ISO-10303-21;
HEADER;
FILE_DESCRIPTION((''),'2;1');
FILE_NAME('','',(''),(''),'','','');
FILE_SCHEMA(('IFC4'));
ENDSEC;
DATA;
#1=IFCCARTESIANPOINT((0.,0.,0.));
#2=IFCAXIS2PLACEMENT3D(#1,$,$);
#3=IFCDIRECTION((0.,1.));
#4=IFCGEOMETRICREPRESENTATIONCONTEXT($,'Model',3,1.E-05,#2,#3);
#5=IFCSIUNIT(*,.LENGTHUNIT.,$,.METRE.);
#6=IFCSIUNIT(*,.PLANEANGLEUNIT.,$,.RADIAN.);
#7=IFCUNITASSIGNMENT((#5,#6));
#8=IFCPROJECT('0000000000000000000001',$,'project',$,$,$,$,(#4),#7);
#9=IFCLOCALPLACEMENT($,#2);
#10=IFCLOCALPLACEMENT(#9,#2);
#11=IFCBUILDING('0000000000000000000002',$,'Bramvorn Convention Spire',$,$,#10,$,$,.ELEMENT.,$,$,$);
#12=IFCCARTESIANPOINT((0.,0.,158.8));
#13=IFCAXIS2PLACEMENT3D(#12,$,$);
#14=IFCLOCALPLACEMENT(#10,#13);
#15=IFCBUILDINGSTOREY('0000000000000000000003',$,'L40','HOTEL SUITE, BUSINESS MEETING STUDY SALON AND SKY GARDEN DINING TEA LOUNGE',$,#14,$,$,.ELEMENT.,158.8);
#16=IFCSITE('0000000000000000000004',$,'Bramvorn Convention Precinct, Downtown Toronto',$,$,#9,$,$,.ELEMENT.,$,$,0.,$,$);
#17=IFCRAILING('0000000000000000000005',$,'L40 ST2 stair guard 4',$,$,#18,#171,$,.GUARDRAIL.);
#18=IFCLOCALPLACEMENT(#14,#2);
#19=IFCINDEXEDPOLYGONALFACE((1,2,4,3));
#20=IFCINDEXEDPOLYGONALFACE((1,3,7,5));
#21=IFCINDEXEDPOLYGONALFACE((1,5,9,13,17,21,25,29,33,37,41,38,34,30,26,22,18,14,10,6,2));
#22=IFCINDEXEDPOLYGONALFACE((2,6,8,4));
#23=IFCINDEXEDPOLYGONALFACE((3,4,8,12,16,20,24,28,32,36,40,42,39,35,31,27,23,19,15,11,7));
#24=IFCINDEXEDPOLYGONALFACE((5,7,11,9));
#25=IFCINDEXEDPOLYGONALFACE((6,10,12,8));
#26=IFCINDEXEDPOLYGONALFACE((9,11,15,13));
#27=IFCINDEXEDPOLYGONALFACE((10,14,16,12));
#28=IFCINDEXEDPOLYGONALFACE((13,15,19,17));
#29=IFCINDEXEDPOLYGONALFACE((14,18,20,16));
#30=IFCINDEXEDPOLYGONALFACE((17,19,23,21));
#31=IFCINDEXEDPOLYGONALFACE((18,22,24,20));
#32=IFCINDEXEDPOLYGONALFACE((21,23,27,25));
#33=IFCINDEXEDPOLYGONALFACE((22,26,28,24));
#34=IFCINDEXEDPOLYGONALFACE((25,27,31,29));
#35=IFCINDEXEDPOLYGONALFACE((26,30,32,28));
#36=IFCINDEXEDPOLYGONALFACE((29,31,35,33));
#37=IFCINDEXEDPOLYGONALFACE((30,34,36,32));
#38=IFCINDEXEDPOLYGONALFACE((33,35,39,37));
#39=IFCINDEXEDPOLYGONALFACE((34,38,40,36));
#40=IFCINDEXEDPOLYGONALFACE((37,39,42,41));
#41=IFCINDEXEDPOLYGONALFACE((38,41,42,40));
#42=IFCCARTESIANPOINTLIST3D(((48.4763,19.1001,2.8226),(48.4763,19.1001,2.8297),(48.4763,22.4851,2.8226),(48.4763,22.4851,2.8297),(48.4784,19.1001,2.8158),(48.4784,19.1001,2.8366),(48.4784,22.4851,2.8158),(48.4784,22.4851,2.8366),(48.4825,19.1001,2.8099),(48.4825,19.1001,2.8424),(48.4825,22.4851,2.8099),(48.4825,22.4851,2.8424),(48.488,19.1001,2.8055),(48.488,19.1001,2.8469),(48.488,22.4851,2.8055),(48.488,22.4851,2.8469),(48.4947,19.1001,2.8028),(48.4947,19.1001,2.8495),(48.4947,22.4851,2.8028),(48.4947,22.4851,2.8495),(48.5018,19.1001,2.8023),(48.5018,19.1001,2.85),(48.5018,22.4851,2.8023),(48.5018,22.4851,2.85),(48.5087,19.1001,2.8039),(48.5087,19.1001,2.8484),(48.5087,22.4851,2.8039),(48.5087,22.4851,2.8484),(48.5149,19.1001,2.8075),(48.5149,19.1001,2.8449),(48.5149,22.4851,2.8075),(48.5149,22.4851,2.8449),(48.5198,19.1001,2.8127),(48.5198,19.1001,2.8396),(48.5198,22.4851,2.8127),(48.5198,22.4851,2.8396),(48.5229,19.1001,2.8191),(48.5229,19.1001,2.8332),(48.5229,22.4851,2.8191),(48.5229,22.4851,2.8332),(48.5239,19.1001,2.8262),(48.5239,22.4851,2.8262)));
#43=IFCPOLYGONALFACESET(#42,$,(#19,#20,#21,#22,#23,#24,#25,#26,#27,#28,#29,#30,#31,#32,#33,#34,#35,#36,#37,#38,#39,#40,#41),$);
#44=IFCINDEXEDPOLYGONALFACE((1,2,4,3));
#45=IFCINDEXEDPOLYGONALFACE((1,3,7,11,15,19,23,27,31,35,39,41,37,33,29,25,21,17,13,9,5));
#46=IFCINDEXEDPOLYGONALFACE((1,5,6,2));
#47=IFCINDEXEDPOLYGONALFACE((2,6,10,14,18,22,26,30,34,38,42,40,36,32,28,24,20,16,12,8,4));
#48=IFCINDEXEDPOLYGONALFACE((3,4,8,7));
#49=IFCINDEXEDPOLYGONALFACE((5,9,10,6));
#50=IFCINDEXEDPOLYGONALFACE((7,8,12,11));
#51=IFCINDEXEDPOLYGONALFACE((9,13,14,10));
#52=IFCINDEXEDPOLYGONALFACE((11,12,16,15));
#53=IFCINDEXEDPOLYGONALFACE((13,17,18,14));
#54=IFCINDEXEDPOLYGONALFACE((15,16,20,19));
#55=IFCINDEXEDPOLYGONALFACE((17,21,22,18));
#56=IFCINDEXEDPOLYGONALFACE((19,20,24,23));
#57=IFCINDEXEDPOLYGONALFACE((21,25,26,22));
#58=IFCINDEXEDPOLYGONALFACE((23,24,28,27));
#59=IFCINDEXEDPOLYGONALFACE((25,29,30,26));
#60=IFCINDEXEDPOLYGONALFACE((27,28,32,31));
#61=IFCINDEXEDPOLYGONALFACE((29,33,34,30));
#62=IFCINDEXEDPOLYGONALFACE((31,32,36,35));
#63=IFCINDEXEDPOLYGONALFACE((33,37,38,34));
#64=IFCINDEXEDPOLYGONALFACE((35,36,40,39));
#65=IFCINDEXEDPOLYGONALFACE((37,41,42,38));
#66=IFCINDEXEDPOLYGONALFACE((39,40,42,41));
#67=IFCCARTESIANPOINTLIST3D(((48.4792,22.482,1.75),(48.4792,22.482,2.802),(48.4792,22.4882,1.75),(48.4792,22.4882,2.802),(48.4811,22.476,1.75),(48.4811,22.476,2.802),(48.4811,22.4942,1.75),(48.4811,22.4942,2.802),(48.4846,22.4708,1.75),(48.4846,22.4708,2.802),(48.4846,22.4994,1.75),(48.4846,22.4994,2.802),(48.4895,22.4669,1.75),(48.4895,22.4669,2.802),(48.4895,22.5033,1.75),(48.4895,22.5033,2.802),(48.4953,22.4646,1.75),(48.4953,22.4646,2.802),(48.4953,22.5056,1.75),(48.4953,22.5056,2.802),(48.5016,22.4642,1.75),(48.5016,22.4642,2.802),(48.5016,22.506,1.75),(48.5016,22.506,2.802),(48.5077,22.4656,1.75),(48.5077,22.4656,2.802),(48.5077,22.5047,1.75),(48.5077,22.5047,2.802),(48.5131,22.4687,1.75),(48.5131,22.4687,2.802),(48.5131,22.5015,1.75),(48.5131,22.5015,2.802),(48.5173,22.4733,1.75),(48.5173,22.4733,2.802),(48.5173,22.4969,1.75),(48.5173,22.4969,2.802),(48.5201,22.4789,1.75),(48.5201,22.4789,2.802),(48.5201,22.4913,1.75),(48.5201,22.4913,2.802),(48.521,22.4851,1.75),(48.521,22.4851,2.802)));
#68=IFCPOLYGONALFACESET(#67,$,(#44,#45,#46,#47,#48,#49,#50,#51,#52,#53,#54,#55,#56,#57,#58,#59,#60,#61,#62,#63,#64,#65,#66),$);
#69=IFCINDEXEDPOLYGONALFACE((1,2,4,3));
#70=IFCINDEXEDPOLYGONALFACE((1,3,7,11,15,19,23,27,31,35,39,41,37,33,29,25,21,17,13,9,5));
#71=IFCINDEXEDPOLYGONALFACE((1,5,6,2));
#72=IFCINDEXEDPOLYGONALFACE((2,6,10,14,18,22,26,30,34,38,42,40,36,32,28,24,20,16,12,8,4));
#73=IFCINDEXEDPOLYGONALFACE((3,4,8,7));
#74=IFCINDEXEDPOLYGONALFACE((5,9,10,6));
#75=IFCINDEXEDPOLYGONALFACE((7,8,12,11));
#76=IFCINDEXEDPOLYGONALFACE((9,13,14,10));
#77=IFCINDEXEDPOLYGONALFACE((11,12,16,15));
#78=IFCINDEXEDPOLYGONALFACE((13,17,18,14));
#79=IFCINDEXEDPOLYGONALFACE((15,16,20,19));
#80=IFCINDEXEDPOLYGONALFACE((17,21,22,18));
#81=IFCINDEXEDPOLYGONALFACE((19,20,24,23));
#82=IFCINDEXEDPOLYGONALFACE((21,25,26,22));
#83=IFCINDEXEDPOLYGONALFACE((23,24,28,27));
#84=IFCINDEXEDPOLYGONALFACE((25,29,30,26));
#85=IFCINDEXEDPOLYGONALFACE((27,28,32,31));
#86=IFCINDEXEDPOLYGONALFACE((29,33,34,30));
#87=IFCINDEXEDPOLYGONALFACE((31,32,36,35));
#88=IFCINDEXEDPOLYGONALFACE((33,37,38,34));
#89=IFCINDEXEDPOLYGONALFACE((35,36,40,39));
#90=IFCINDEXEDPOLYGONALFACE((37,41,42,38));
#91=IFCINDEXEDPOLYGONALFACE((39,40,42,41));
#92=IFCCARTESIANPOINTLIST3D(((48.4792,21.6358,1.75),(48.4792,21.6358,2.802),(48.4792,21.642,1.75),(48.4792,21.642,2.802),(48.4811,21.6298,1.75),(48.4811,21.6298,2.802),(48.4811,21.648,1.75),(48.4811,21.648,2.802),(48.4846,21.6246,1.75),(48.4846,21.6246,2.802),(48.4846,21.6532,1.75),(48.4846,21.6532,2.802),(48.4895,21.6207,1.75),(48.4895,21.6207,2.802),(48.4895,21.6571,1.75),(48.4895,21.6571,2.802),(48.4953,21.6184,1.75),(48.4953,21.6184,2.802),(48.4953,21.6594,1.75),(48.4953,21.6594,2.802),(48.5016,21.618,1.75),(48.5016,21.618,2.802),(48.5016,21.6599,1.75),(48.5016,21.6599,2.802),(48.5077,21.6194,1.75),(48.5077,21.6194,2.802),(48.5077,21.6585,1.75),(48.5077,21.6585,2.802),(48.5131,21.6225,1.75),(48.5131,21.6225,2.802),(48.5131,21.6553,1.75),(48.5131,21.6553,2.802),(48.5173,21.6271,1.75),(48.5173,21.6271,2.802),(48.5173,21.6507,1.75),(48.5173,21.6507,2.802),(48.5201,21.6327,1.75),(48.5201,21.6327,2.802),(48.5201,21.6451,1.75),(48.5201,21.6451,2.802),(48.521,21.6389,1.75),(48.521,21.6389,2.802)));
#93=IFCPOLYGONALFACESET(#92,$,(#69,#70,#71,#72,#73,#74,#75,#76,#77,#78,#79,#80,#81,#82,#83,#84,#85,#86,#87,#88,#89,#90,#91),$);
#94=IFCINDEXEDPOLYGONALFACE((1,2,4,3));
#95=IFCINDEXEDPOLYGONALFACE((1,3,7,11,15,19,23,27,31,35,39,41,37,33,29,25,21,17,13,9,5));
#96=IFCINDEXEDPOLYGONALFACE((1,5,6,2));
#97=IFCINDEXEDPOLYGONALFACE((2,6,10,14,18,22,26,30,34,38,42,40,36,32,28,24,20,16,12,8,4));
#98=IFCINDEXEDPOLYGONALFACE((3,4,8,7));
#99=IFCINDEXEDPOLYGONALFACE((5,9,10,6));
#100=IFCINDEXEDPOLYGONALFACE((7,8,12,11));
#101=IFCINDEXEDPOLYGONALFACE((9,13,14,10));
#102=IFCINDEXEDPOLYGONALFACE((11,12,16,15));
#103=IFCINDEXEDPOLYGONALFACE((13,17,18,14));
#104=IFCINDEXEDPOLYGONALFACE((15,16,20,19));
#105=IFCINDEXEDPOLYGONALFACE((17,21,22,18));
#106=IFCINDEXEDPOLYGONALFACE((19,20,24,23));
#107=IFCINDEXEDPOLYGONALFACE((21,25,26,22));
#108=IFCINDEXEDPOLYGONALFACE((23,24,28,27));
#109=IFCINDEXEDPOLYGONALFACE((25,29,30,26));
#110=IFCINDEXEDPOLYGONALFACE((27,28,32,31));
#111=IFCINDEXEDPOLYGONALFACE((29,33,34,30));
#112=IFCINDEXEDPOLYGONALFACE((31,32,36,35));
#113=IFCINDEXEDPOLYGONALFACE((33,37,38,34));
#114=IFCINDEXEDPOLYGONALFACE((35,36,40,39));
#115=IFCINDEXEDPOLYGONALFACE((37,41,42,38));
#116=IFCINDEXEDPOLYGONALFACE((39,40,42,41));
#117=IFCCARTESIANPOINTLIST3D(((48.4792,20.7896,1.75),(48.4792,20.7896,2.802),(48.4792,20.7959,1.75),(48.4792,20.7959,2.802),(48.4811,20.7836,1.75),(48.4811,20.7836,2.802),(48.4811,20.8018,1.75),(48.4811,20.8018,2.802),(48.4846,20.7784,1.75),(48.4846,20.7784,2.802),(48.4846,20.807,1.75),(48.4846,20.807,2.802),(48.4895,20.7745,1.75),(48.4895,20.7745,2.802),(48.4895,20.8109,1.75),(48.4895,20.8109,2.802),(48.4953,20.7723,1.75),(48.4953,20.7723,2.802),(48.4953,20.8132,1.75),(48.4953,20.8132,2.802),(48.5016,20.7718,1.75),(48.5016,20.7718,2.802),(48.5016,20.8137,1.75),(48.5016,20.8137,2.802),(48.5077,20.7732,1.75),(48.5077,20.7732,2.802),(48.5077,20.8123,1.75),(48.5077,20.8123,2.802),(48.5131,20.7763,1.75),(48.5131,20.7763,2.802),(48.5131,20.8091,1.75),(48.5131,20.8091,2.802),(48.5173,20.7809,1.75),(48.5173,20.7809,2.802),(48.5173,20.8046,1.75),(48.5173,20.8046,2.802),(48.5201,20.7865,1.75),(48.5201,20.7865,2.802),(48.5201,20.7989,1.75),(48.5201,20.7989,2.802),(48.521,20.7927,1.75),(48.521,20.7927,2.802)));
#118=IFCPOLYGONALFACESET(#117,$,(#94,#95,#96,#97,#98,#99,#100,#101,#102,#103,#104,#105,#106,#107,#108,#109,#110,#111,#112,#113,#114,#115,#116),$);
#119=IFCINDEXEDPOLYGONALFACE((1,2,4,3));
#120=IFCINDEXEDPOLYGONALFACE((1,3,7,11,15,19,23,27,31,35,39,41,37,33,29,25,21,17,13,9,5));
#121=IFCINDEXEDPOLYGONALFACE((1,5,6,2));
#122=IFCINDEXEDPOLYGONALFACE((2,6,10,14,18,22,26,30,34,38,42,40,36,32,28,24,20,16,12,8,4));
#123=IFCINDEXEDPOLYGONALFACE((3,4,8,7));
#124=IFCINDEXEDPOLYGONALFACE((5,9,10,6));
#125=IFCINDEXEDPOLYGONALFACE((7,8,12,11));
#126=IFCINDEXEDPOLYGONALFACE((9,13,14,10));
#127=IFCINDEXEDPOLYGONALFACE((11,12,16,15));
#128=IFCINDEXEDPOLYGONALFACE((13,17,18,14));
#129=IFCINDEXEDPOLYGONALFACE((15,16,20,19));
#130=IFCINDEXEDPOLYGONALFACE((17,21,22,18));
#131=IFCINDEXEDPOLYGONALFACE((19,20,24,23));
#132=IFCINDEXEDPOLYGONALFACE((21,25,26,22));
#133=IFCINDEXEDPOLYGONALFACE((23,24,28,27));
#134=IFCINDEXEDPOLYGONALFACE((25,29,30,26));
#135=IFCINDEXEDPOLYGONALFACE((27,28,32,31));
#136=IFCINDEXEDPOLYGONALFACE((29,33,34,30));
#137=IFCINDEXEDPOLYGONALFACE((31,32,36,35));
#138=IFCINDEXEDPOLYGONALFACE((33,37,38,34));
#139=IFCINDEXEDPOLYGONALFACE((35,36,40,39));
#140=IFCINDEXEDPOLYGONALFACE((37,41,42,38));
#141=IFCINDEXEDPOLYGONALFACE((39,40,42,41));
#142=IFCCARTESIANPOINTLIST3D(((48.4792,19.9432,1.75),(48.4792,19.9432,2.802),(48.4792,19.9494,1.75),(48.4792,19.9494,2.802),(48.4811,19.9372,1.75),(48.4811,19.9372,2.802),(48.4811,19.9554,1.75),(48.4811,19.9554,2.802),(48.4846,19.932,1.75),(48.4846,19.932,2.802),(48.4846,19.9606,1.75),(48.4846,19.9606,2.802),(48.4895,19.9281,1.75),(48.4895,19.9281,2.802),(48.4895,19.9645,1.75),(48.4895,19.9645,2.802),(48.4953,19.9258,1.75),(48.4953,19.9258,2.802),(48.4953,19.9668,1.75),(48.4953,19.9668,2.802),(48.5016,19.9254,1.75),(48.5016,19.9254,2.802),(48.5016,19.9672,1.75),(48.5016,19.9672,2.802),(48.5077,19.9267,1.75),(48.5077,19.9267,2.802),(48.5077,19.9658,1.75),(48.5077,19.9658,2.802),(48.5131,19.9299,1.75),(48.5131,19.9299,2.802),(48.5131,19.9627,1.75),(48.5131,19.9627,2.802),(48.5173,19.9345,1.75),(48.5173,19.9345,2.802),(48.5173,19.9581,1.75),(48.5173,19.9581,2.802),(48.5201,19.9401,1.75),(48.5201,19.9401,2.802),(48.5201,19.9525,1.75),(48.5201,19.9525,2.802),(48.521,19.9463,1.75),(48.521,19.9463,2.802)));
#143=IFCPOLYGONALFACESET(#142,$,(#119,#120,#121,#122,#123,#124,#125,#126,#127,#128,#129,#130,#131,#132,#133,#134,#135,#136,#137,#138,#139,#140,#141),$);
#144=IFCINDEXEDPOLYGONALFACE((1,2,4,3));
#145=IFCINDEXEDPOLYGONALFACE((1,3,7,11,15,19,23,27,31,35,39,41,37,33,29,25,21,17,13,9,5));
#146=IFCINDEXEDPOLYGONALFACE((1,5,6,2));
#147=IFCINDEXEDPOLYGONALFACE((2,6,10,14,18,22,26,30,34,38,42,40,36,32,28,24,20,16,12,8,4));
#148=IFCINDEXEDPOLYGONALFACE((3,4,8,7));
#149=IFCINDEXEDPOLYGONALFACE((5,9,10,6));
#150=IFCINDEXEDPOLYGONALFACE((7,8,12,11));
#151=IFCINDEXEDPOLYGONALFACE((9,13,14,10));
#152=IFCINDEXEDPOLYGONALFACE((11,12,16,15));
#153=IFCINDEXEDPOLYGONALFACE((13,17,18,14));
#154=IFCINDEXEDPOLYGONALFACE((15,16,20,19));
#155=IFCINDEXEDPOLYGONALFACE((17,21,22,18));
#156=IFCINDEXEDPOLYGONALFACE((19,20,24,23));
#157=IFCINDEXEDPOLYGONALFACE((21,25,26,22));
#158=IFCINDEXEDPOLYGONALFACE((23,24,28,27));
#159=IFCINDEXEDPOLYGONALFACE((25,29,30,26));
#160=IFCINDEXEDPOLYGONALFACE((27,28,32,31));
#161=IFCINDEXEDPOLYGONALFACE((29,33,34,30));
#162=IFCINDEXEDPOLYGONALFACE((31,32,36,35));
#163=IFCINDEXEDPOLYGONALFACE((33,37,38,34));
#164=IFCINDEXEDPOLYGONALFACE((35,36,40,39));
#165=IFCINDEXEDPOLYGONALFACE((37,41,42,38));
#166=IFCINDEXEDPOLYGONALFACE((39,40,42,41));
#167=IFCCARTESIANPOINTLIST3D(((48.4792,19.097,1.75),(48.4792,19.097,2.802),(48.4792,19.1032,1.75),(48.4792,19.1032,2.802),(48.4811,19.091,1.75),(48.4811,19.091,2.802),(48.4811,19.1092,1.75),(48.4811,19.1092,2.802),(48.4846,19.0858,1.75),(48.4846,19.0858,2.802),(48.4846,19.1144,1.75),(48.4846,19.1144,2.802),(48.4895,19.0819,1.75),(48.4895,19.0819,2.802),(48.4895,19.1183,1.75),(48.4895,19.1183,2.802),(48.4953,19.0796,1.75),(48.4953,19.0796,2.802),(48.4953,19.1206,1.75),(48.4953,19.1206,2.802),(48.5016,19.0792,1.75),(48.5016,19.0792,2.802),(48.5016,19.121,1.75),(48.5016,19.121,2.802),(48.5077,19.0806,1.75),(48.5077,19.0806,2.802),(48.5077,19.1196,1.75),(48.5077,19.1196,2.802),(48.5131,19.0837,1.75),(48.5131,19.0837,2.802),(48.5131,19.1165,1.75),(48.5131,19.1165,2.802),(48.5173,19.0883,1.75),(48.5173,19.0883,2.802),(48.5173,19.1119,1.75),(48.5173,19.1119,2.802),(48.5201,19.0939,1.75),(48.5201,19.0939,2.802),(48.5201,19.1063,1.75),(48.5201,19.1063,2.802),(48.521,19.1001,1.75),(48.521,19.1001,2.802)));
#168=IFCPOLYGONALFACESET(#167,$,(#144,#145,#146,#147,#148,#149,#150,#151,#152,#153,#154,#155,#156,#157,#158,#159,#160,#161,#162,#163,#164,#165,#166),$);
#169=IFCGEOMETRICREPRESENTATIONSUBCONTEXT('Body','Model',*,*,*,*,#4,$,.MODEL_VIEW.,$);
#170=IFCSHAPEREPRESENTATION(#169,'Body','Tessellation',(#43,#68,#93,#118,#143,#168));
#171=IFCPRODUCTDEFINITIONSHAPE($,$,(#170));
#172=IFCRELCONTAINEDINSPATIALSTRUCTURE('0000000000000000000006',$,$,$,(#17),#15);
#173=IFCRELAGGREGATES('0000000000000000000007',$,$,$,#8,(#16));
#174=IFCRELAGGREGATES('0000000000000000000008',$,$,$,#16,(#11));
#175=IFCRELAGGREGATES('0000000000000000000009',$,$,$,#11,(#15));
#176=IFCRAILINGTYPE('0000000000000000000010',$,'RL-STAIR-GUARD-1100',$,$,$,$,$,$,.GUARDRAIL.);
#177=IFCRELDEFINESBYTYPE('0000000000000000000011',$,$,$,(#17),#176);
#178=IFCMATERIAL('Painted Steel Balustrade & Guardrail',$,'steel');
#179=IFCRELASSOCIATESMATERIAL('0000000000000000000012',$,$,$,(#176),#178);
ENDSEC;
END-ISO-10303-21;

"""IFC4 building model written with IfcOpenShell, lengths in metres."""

from ifc_helpers import new_model, si_unit, direction, frame, origin, origin_2d, place, context, subcontext, project, spatial, circle, extrude, material, type_object, element, save


model = new_model("IFC4")

# Units and contexts
model_context = context("Model", 3, precision=1e-05, world=origin(), true_north=direction((0.0, 1.0)))
body_context = subcontext(model_context, "Body", "Model", "MODEL_VIEW")
ifc_project = project(units=[si_unit("LENGTHUNIT", "METRE"), si_unit("PLANEANGLEUNIT", "RADIAN")], contexts=[model_context])

# Site, building, storey
site_placement = place(None, origin())
site = spatial("IfcSite", under=ifc_project, at=site_placement, Name="Bramvorn Convention Precinct, Downtown Toronto", CompositionType="ELEMENT", RefElevation=0.0)
building_placement = place(site_placement, origin())
building = spatial("IfcBuilding", under=site, at=building_placement, Name="Bramvorn Convention Spire", CompositionType="ELEMENT")
storey_placement = place(building_placement, frame((0.0, 0.0, 158.8)))
storey = spatial("IfcBuildingStorey", under=building, at=storey_placement, Name="L40", Description="HOTEL SUITE, BUSINESS MEETING STUDY SALON AND SKY GARDEN DINING TEA LOUNGE", CompositionType="ELEMENT", Elevation=158.8)

# Railing
ifc_material_1 = material(Name="Painted Steel Balustrade & Guardrail", Category="steel")
railing_type_1 = type_object("IfcRailingType", Name="RL-STAIR-GUARD-1100", PredefinedType="GUARDRAIL", material=ifc_material_1)
railing_1_placement = place(storey_placement, frame((48.5, 22.4851, 1.75)))
element("IfcRailing", 1, at=railing_1_placement, inside=storey, type_object=railing_type_1, Name="L40 ST2 stair guard 4", PredefinedType="GUARDRAIL", context=body_context, shape_type="SweptSolid", body=[
    extrude(circle(Radius=0.0239, at=origin_2d()), frame((0.0, 0.0, 1.0762), z_axis=(0.0, -1.0, 0.0), x_axis=(1.0, 0.0, 0.0)), (0.0, 0.0, 1.0), 3.385),
    extrude(circle(Radius=0.021, at=origin_2d()), origin(), (0.0, 0.0, 1.0), 1.052),
    extrude(circle(Radius=0.021, at=origin_2d()), frame((0.0, -0.8462, 0.0)), (0.0, 0.0, 1.0), 1.052),
    extrude(circle(Radius=0.021, at=origin_2d()), frame((0.0, -1.6924, 0.0)), (0.0, 0.0, 1.0), 1.052),
    extrude(circle(Radius=0.021, at=origin_2d()), frame((0.0, -2.5388, 0.0)), (0.0, 0.0, 1.0), 1.052),
    extrude(circle(Radius=0.021, at=origin_2d()), frame((0.0, -3.385, 0.0)), (0.0, 0.0, 1.0), 1.052),
])

save(model, "model.ifc")
